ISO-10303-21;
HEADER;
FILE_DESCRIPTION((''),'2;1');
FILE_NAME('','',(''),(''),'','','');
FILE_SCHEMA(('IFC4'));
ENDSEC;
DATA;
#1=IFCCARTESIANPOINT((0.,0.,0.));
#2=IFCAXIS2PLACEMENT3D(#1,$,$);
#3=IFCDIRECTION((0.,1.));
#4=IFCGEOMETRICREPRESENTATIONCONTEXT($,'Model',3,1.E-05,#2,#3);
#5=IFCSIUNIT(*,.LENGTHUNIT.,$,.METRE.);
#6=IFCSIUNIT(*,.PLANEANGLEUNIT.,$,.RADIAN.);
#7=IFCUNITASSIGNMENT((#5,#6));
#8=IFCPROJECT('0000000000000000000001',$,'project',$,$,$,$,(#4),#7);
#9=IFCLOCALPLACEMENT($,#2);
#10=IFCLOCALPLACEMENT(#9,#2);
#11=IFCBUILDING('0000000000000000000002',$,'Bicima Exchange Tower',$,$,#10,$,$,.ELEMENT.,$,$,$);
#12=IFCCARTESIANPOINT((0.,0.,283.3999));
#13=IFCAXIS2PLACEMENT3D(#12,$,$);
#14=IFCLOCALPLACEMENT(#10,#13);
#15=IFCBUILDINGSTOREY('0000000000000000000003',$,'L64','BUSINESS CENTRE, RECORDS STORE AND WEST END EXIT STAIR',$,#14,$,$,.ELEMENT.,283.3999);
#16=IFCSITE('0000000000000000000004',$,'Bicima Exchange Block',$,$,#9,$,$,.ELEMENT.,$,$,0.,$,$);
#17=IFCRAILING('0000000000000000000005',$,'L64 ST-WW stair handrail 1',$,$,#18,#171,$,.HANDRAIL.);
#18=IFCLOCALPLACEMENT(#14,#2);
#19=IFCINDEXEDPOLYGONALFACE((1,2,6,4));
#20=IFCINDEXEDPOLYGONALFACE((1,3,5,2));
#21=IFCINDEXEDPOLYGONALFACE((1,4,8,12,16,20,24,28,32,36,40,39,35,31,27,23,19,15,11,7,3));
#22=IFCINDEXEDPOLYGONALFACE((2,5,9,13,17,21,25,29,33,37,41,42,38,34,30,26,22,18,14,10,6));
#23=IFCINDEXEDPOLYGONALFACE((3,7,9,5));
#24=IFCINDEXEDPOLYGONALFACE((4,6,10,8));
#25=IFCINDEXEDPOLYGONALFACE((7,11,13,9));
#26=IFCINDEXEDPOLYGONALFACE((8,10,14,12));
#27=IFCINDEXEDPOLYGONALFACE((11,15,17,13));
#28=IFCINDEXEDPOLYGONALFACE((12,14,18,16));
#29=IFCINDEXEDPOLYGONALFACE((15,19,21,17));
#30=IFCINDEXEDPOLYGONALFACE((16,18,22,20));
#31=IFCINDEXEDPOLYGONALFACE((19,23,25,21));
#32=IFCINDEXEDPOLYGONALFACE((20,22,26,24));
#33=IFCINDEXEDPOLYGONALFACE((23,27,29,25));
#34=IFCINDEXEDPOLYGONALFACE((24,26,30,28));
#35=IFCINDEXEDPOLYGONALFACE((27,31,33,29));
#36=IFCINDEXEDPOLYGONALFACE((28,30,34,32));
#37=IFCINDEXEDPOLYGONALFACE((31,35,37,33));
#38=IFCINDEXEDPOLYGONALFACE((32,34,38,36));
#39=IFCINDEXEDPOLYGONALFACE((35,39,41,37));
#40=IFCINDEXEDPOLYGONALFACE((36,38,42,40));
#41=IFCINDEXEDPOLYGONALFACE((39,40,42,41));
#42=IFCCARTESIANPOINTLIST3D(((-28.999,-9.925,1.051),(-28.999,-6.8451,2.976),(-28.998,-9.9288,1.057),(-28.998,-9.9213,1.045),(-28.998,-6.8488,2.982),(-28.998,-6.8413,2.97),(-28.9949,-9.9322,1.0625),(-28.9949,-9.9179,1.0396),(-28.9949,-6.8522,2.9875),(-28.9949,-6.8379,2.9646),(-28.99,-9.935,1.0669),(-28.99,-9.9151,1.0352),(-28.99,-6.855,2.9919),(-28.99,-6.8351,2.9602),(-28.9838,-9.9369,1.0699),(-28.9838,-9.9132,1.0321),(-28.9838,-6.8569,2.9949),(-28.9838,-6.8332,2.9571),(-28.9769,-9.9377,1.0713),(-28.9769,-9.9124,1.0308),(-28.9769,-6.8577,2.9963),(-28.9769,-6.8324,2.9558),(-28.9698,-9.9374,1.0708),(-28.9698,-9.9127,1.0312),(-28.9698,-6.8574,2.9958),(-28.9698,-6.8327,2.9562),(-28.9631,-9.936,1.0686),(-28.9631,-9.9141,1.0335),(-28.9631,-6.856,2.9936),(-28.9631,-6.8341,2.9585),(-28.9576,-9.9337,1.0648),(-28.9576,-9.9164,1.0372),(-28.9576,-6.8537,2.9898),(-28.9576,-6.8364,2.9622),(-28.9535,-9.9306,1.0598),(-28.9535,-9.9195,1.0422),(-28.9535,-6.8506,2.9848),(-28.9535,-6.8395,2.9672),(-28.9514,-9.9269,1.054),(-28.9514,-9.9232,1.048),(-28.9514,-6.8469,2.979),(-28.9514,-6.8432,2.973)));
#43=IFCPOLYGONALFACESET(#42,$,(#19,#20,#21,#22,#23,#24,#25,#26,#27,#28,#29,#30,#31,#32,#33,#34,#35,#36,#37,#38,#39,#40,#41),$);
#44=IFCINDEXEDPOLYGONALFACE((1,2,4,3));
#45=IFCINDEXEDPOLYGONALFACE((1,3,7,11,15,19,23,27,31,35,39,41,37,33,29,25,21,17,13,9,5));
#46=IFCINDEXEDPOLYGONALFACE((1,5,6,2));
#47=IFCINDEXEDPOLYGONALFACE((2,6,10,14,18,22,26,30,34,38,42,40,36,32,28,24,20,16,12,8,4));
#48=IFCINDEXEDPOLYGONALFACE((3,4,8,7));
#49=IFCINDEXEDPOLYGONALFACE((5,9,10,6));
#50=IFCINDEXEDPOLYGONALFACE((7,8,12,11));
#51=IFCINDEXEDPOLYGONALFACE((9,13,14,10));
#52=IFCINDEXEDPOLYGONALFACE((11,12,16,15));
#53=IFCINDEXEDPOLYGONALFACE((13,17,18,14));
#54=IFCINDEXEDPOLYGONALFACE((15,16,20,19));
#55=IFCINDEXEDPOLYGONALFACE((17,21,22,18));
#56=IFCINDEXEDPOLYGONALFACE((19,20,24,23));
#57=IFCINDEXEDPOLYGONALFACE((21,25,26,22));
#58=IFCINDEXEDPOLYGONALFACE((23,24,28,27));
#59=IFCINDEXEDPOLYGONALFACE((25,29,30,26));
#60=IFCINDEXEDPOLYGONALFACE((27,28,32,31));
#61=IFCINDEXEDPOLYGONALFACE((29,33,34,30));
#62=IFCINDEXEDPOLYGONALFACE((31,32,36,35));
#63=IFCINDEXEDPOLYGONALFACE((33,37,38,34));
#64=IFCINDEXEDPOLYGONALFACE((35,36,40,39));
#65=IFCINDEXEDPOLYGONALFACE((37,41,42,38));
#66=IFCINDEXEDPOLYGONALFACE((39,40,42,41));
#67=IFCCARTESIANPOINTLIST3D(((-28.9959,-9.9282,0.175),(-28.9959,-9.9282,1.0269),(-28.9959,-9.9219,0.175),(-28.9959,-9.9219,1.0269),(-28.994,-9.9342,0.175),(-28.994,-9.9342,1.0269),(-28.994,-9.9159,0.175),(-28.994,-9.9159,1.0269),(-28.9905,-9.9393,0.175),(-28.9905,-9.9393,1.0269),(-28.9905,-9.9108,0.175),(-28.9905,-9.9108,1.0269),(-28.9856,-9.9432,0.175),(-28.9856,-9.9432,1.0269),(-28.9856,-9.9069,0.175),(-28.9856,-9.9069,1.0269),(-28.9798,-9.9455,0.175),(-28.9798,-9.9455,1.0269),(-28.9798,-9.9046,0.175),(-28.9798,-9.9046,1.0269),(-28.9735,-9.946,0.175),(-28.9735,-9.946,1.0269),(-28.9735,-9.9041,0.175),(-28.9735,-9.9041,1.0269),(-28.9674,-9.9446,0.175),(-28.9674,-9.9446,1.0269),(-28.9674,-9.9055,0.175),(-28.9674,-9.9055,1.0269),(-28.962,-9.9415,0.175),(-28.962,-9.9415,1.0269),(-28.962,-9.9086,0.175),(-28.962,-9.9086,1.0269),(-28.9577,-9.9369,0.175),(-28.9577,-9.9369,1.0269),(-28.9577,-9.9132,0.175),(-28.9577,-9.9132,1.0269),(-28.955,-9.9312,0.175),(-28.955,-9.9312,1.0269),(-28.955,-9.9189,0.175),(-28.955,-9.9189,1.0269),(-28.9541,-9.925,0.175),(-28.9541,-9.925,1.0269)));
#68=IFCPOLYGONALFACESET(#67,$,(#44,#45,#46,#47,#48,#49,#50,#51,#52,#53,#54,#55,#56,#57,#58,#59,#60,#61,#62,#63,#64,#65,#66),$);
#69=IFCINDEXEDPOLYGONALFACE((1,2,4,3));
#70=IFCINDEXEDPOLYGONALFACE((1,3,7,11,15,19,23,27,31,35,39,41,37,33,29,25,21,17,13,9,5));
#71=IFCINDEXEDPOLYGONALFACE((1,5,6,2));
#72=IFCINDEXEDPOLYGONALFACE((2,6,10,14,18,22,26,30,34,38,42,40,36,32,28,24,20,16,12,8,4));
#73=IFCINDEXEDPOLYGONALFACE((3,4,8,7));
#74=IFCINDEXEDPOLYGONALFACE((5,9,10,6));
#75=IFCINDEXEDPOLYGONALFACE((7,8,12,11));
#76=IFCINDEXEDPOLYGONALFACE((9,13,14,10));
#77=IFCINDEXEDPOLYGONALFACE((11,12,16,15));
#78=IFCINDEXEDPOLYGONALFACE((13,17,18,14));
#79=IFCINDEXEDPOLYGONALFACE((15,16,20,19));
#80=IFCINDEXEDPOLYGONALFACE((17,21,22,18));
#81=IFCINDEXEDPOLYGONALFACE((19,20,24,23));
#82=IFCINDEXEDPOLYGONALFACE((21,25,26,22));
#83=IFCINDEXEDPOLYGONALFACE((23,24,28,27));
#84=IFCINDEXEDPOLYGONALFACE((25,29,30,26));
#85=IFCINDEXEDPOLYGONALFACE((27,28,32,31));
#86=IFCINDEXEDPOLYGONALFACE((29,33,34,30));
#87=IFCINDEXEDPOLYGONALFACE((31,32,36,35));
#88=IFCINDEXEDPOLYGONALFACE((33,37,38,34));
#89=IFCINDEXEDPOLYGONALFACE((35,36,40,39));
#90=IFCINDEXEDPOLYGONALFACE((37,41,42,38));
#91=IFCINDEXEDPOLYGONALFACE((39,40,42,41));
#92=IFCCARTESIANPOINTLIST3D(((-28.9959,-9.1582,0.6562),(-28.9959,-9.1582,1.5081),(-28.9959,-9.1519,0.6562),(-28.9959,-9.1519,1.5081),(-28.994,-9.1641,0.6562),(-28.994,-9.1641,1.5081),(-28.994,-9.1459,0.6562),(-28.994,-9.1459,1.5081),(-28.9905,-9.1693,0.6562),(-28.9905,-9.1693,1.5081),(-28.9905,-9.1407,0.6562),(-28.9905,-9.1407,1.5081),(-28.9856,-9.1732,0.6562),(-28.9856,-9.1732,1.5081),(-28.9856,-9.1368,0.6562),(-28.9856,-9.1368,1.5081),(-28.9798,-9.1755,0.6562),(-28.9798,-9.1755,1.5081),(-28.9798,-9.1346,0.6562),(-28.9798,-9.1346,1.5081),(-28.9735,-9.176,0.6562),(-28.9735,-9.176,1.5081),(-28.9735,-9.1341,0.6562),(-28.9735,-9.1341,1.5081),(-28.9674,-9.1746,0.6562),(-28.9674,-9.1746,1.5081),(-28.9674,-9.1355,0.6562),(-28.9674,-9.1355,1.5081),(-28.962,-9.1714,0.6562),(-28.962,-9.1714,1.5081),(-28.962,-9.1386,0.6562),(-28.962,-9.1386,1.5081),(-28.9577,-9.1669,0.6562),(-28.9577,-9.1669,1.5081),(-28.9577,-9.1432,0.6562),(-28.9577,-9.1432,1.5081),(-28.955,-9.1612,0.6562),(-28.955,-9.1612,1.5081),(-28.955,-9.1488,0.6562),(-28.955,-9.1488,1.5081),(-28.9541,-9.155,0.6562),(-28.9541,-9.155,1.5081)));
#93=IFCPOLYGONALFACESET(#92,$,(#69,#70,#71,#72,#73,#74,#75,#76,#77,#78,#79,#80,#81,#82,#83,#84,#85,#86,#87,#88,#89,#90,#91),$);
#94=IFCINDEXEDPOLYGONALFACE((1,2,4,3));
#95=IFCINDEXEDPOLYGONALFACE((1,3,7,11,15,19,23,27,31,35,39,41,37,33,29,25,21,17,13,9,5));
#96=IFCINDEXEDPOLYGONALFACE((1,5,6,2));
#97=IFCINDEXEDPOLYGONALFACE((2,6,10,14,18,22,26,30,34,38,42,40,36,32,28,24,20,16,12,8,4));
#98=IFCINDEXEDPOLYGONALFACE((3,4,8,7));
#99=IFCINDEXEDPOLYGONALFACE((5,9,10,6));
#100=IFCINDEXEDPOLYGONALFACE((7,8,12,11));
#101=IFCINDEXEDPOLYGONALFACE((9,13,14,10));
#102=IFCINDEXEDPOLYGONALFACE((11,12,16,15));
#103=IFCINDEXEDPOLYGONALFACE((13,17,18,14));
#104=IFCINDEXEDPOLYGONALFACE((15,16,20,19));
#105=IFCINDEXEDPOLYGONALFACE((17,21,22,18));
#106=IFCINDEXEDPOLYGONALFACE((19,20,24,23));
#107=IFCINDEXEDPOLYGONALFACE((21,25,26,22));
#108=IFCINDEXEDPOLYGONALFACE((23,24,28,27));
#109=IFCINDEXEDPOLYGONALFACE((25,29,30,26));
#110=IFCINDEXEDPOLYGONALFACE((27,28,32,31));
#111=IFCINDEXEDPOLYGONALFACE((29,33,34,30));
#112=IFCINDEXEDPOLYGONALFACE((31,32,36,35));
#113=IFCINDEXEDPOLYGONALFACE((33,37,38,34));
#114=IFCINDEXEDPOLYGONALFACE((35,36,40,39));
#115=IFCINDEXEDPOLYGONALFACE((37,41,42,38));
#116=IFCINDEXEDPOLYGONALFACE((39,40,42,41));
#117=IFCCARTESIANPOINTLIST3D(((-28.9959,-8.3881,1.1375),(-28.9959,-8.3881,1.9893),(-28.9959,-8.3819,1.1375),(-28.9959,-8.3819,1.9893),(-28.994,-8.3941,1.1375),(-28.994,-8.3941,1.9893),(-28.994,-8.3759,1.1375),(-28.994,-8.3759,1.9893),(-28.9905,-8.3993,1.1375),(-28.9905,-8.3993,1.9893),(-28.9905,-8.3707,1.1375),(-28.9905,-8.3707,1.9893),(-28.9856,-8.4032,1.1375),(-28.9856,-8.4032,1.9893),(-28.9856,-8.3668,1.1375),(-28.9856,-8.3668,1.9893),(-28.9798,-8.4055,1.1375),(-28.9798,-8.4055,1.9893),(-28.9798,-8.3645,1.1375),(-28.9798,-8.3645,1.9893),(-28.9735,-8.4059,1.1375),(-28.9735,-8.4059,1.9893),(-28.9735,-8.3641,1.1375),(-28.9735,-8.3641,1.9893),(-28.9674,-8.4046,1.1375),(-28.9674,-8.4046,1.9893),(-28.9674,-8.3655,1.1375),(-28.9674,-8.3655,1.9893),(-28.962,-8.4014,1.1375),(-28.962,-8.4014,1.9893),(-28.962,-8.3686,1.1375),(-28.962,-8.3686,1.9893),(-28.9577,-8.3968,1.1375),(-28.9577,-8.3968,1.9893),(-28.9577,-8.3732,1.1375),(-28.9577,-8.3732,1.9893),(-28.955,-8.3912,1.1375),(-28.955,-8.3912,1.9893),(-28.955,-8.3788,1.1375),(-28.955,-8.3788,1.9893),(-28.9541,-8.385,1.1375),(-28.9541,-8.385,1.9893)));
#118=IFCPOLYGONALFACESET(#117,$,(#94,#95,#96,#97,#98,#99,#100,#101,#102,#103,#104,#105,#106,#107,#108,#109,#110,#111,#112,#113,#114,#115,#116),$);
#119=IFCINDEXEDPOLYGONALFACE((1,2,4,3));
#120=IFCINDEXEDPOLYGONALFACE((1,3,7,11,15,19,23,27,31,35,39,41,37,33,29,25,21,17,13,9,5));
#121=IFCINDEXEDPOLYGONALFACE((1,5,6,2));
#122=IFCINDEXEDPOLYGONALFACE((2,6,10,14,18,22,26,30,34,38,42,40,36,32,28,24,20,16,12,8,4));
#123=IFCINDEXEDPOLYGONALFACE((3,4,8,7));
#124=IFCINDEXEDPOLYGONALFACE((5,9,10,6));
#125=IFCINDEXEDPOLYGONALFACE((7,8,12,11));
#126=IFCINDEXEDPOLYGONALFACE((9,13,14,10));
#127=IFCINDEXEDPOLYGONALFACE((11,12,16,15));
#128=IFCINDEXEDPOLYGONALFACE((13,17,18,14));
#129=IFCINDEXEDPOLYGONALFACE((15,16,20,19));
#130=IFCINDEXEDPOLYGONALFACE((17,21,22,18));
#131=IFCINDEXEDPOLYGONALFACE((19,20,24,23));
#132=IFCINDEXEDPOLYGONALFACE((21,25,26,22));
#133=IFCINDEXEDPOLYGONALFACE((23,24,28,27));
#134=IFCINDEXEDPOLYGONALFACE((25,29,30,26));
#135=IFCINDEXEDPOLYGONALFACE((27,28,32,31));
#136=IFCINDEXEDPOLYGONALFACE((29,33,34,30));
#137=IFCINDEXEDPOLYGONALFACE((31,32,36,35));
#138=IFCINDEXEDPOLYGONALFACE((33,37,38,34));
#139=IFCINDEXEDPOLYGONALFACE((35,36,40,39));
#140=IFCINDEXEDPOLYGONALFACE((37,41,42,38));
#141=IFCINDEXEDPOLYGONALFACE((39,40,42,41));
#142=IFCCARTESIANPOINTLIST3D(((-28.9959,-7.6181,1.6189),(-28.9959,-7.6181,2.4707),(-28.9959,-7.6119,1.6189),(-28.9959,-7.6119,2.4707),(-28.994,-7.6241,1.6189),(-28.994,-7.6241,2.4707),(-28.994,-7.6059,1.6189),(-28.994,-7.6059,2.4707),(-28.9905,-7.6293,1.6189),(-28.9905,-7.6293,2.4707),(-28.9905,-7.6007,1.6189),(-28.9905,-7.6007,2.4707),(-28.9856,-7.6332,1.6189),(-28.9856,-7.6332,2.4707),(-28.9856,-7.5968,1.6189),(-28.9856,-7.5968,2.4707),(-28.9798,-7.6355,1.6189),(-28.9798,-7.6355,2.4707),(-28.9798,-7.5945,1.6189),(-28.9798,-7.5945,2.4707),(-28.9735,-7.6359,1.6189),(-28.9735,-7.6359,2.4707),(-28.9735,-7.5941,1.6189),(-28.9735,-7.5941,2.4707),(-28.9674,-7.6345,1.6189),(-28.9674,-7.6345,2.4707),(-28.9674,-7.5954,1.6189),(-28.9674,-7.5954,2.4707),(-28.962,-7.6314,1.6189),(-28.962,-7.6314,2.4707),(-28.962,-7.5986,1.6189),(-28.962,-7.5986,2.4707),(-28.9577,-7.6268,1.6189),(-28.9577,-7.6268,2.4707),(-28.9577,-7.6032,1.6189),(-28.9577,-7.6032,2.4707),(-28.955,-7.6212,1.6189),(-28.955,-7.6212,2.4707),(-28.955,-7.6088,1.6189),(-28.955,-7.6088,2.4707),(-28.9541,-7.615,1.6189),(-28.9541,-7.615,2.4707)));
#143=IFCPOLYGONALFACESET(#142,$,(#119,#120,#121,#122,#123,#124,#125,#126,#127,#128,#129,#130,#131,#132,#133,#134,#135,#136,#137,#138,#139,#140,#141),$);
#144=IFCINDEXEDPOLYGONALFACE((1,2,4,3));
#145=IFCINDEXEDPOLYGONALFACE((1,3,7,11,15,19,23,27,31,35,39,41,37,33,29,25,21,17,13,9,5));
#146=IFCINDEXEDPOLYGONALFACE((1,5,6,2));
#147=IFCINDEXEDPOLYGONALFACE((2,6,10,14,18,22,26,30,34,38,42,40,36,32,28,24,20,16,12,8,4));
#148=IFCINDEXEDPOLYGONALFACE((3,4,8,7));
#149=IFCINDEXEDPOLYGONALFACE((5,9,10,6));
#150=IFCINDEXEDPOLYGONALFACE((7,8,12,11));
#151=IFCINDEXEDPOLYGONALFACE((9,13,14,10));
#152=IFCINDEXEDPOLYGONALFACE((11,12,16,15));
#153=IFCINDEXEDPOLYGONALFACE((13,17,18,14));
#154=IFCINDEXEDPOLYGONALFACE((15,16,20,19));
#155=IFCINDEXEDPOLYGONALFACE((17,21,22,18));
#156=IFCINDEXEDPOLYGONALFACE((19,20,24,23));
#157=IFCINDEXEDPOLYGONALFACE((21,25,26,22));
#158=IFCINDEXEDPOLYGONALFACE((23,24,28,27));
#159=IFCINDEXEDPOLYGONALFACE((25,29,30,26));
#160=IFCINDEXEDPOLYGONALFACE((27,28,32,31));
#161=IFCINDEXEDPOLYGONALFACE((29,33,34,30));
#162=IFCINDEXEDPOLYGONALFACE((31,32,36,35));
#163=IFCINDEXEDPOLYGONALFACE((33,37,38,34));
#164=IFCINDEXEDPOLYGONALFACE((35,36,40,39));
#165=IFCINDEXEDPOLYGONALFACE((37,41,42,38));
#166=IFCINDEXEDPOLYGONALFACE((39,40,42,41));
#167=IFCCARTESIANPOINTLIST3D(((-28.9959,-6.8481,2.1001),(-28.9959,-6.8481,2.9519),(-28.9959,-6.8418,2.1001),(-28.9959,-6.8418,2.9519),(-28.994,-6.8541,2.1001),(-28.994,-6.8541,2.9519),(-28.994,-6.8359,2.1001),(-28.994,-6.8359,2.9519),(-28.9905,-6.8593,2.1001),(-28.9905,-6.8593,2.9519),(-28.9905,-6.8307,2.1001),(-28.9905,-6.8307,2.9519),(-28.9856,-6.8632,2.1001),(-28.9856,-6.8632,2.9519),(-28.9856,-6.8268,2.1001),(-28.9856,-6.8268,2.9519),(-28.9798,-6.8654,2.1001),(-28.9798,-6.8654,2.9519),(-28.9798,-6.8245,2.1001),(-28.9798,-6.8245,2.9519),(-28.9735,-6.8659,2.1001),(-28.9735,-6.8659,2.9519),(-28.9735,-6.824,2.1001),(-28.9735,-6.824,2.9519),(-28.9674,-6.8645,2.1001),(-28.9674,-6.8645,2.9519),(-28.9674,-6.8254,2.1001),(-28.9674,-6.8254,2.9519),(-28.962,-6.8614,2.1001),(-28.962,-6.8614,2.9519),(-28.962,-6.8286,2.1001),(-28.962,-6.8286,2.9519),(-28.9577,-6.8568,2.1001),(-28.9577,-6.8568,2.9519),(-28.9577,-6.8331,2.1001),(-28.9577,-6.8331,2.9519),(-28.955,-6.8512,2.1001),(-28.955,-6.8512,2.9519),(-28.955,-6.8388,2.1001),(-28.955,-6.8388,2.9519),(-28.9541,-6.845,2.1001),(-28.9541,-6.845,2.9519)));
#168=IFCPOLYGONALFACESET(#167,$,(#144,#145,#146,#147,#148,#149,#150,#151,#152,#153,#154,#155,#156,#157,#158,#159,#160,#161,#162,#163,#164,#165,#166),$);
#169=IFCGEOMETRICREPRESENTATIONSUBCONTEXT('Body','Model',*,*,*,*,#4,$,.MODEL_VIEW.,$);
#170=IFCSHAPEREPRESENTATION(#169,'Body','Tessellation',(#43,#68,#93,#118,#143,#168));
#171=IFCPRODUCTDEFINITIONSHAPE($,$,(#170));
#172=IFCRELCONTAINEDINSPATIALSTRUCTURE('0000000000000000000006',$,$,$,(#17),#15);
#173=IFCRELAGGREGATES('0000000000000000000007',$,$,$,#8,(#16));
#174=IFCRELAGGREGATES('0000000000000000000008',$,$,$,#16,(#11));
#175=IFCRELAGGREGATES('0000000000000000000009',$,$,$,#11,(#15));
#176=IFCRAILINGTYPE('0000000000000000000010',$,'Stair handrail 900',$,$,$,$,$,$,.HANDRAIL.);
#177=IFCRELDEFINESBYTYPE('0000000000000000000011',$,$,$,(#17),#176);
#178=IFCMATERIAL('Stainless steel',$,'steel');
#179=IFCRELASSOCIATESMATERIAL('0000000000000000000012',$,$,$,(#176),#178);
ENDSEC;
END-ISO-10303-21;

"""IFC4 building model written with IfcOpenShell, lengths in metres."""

from ifc_helpers import new_model, si_unit, direction, frame, origin, origin_2d, place, context, subcontext, project, spatial, circle, extrude, material, type_object, element, save


model = new_model("IFC4")

# Units and contexts
model_context = context("Model", 3, precision=1e-05, world=origin(), true_north=direction((0.0, 1.0)))
body_context = subcontext(model_context, "Body", "Model", "MODEL_VIEW")
ifc_project = project(units=[si_unit("LENGTHUNIT", "METRE"), si_unit("PLANEANGLEUNIT", "RADIAN")], contexts=[model_context])

# Site, building, storey
site_placement = place(None, origin())
site = spatial("IfcSite", under=ifc_project, at=site_placement, Name="Bicima Exchange Block", CompositionType="ELEMENT", RefElevation=0.0)
building_placement = place(site_placement, origin())
building = spatial("IfcBuilding", under=site, at=building_placement, Name="Bicima Exchange Tower", CompositionType="ELEMENT")
storey_placement = place(building_placement, frame((0.0, 0.0, 283.3999)))
storey = spatial("IfcBuildingStorey", under=building, at=storey_placement, Name="L64", Description="BUSINESS CENTRE, RECORDS STORE AND WEST END EXIT STAIR", CompositionType="ELEMENT", Elevation=283.3999)

# Railing
ifc_material_1 = material(Name="Stainless steel", Category="steel")
railing_type_1 = type_object("IfcRailingType", Name="Stair handrail 900", PredefinedType="HANDRAIL", material=ifc_material_1)
railing_1_placement = place(storey_placement, frame((-28.9751, -9.925, 0.175)))
element("IfcRailing", 1, at=railing_1_placement, inside=storey, type_object=railing_type_1, Name="L64 ST-WW stair handrail 1", PredefinedType="HANDRAIL", context=body_context, shape_type="SweptSolid", body=[
    extrude(circle(Radius=0.0239, at=origin_2d()), frame((0.0, 0.0, 0.876), z_axis=(0.0, 0.847998, 0.529999), x_axis=(-1.0, 0.0, 0.0)), (0.0, 0.0, 1.0), 3.6321),
    extrude(circle(Radius=0.021, at=origin_2d()), origin(), (0.0, 0.0, 1.0), 0.8518),
    extrude(circle(Radius=0.021, at=origin_2d()), frame((0.0, 0.77, 0.4812)), (0.0, 0.0, 1.0), 0.8518),
    extrude(circle(Radius=0.021, at=origin_2d()), frame((0.0, 1.54, 0.9624)), (0.0, 0.0, 1.0), 0.8518),
    extrude(circle(Radius=0.021, at=origin_2d()), frame((0.0, 2.3101, 1.4438)), (0.0, 0.0, 1.0), 0.8518),
    extrude(circle(Radius=0.021, at=origin_2d()), frame((0.0, 3.0801, 1.925)), (0.0, 0.0, 1.0), 0.8518),
])

save(model, "model.ifc")
